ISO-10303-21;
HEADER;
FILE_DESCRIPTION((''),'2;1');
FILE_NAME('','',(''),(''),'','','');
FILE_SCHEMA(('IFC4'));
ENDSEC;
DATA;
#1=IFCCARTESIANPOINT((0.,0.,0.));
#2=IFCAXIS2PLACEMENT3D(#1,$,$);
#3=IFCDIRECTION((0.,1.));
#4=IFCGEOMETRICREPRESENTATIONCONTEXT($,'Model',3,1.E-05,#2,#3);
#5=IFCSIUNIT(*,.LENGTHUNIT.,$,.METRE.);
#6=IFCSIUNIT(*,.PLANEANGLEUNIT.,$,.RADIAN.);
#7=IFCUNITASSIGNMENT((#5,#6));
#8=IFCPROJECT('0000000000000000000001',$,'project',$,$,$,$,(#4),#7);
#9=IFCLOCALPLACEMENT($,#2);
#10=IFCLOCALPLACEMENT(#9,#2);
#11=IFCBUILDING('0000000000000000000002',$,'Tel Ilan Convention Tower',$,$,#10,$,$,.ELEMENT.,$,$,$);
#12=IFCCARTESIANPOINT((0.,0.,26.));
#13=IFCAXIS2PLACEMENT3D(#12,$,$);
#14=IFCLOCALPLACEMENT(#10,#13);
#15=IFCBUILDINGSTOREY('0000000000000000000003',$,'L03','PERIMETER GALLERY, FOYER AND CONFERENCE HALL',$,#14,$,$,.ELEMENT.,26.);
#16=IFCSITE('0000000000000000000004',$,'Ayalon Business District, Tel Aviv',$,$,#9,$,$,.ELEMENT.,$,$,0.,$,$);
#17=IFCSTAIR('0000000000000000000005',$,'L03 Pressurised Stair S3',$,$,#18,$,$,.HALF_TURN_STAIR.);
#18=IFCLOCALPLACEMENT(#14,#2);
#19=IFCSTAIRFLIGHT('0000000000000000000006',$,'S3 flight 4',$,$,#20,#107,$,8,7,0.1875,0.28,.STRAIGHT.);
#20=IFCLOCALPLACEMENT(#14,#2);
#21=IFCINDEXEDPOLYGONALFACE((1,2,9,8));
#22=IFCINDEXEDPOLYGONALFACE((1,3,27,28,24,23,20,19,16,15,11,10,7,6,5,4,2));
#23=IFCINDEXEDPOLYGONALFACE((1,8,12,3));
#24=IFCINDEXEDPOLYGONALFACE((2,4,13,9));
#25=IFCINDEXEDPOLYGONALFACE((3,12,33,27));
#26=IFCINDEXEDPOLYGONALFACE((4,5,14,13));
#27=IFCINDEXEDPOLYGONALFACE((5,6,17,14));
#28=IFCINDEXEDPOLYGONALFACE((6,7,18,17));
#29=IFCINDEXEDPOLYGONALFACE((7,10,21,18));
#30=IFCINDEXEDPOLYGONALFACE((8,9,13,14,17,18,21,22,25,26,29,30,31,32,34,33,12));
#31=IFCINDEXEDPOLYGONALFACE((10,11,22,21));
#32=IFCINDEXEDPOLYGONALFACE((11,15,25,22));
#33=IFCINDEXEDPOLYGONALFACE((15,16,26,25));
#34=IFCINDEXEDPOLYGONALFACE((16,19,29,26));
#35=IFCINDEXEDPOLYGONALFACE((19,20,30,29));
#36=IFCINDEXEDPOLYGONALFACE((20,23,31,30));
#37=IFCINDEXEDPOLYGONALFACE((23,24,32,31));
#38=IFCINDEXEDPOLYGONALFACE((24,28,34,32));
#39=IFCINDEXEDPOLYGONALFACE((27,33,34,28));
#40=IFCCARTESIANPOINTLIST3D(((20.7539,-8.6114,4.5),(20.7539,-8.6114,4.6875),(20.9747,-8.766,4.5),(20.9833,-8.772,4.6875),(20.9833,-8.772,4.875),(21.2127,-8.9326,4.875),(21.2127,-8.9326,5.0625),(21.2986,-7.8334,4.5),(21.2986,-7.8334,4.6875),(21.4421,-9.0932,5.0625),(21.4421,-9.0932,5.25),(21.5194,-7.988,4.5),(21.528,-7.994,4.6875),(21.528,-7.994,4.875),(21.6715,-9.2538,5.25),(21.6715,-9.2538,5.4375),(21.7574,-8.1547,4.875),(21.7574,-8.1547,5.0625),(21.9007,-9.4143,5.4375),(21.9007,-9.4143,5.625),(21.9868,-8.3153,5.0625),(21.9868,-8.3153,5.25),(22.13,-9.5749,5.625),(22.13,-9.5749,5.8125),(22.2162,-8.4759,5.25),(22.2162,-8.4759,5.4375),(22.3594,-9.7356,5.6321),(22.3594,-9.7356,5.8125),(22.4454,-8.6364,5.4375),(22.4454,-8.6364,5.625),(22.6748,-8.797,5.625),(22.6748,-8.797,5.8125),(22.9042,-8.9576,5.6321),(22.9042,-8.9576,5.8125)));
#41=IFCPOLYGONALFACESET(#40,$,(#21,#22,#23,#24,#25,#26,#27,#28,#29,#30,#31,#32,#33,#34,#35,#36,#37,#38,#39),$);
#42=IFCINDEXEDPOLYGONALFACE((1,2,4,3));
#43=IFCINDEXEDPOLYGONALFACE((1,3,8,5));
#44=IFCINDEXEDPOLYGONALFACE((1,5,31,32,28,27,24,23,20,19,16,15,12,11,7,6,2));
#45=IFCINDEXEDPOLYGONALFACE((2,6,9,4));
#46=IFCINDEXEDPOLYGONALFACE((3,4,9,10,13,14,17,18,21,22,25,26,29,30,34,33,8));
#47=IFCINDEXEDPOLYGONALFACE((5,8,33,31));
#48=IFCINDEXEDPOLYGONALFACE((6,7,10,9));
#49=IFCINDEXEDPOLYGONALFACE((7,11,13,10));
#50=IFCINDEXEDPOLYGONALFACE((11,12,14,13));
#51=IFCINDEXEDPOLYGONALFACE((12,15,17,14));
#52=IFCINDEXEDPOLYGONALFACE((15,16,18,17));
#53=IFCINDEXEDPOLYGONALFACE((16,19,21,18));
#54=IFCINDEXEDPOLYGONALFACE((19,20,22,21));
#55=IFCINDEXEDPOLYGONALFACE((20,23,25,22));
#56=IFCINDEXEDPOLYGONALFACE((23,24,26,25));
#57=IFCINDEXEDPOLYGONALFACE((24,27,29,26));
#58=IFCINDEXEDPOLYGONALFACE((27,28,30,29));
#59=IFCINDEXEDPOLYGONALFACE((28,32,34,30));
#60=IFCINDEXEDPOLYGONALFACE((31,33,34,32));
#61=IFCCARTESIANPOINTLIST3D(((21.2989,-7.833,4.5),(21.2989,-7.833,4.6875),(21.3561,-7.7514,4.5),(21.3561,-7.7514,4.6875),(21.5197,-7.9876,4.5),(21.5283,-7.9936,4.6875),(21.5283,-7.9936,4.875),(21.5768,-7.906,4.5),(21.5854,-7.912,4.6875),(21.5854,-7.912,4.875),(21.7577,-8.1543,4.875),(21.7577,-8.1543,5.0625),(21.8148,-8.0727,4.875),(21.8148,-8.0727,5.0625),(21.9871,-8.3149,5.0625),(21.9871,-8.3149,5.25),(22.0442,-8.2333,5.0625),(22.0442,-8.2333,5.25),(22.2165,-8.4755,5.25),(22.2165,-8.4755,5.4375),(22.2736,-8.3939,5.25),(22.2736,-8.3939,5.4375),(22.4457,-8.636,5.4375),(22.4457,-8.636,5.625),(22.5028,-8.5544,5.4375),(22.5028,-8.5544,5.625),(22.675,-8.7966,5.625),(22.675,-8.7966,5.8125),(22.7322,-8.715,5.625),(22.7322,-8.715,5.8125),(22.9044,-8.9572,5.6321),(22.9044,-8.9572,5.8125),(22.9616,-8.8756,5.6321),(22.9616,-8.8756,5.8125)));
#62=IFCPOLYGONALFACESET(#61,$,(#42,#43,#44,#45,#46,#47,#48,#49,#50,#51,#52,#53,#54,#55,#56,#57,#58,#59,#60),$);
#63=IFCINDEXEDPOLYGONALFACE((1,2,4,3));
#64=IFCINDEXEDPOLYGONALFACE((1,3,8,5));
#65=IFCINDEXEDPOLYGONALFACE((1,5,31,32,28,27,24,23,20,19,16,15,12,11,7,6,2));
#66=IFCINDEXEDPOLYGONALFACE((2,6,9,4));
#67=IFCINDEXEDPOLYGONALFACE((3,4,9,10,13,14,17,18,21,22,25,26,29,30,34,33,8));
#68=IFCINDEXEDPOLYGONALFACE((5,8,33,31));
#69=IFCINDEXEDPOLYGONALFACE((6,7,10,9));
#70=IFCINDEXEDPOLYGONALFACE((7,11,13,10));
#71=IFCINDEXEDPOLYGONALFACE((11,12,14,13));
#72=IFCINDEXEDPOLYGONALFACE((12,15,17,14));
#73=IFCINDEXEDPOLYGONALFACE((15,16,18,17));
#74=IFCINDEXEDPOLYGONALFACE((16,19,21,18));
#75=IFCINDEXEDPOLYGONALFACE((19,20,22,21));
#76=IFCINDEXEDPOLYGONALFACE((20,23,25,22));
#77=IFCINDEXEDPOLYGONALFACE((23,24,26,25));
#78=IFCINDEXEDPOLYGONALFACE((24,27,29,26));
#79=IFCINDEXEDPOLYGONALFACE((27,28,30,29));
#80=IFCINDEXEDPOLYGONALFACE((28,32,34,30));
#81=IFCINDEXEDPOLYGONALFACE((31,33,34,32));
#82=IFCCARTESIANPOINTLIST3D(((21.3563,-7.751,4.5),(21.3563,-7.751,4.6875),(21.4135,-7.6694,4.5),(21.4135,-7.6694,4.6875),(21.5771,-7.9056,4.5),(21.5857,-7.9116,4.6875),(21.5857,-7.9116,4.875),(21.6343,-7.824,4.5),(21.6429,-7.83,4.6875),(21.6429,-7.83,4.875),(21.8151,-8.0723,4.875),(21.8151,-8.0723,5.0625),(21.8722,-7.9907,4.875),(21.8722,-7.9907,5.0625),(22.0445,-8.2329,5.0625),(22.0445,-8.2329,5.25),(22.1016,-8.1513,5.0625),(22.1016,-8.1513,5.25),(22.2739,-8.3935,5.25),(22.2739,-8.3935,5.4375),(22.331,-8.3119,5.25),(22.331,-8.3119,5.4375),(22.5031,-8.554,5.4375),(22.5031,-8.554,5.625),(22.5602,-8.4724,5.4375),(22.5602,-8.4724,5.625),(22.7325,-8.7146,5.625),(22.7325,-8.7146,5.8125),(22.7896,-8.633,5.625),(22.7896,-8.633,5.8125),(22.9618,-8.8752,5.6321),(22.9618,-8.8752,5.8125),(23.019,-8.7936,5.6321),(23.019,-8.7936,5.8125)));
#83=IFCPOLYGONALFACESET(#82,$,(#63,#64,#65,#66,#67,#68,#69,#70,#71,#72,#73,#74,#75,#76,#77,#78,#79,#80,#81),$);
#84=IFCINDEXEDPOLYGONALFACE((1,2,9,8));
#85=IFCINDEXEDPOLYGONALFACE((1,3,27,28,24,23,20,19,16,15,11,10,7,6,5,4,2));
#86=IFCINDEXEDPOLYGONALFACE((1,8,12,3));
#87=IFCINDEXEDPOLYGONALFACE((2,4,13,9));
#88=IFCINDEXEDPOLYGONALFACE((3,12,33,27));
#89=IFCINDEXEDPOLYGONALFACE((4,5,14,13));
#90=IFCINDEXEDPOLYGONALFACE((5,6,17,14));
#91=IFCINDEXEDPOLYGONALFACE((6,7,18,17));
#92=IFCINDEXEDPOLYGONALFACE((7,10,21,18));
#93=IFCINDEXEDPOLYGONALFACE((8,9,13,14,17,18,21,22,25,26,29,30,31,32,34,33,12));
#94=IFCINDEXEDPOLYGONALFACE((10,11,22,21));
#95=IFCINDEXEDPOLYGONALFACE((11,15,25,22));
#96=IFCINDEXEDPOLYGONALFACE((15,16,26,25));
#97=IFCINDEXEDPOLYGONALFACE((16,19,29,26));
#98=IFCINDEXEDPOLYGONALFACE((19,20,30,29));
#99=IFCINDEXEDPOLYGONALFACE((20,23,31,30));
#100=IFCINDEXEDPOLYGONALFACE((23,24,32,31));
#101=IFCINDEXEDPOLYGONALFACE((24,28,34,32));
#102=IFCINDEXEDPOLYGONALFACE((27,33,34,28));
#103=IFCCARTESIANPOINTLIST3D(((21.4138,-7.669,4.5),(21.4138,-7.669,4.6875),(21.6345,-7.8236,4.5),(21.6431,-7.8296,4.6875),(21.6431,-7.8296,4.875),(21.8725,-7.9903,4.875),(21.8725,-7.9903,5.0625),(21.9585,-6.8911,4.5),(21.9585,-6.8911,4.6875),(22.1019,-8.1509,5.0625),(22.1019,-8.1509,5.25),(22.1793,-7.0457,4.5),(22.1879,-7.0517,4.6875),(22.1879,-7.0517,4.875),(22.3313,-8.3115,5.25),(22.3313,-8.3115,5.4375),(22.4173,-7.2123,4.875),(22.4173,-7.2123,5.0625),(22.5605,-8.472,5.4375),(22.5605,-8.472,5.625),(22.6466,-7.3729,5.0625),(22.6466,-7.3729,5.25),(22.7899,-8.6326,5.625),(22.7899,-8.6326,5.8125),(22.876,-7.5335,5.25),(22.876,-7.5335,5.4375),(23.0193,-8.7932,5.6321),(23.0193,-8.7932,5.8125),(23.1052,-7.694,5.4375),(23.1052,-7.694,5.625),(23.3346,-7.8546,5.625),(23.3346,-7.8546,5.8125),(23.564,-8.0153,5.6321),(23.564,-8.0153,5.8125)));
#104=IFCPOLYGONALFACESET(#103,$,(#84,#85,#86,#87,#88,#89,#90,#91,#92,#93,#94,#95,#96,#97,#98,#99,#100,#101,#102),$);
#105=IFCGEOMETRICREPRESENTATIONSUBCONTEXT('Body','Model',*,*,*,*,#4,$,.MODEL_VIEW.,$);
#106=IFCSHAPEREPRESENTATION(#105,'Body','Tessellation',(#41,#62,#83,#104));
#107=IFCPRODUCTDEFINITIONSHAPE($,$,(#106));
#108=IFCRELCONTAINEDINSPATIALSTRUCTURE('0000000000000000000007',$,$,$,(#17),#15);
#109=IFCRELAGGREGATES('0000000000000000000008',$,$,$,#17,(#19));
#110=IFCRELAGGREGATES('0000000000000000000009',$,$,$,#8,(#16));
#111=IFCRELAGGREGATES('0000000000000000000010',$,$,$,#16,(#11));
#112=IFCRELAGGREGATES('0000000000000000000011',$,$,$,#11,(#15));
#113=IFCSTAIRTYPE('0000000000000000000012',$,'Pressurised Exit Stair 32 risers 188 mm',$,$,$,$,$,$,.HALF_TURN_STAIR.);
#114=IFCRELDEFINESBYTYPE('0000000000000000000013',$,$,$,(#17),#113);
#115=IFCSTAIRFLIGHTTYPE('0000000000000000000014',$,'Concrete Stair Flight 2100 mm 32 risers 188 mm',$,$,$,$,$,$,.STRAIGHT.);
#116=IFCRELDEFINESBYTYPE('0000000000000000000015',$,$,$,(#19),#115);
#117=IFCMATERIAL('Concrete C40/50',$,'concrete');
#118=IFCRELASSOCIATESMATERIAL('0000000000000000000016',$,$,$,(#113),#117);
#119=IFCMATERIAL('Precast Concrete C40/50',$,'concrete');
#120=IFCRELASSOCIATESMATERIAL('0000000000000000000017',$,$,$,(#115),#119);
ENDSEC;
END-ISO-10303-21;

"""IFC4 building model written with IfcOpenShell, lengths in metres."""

from ifc_helpers import new_model, si_unit, direction, frame, origin, place, context, subcontext, project, spatial, polyline, outline, extrude, material, type_object, element, aggregate, save


model = new_model("IFC4")

# Units and contexts
model_context = context("Model", 3, precision=1e-05, world=origin(), true_north=direction((0.0, 1.0)))
body_context = subcontext(model_context, "Body", "Model", "MODEL_VIEW")
ifc_project = project(units=[si_unit("LENGTHUNIT", "METRE"), si_unit("PLANEANGLEUNIT", "RADIAN")], contexts=[model_context])

# Site, building, storey
site_placement = place(None, origin())
site = spatial("IfcSite", under=ifc_project, at=site_placement, Name="Ayalon Business District, Tel Aviv", CompositionType="ELEMENT", RefElevation=0.0)
building_placement = place(site_placement, origin())
building = spatial("IfcBuilding", under=site, at=building_placement, Name="Tel Ilan Convention Tower", CompositionType="ELEMENT")
storey_placement = place(building_placement, frame((0.0, 0.0, 26.0)))
storey = spatial("IfcBuildingStorey", under=building, at=storey_placement, Name="L03", Description="PERIMETER GALLERY, FOYER AND CONFERENCE HALL", CompositionType="ELEMENT", Elevation=26.0)

# Stair, stair flight
ifc_material_1 = material(Name="Concrete C40/50", Category="concrete")
stair_type = type_object("IfcStairType", Name="Pressurised Exit Stair 32 risers 188 mm", PredefinedType="HALF_TURN_STAIR", material=ifc_material_1)
stair_1_placement = place(storey_placement, origin())
stair_1 = element("IfcStair", 1, at=stair_1_placement, inside=storey, type_object=stair_type, Name="L03 Pressurised Stair S3", PredefinedType="HALF_TURN_STAIR")
ifc_material_2 = material(Name="Precast Concrete C40/50", Category="concrete")
stair_flight_type = type_object("IfcStairFlightType", Name="Concrete Stair Flight 2100 mm 32 risers 188 mm", PredefinedType="STRAIGHT", material=ifc_material_2)
stair_flight_1_placement = place(storey_placement, frame((21.3562, -7.7512, 4.5), z_axis=(0.0, 0.0, 1.0), x_axis=(0.819152, -0.573576, 0.0)))
stair_flight_1 = element("IfcStairFlight", 2, at=stair_flight_1_placement, type_object=stair_flight_type, Name="S3 flight 4", NumberOfRisers=8, NumberOfTreads=7, PredefinedType="STRAIGHT", RiserHeight=0.1875, TreadLength=0.28, context=body_context, shape_type="SweptSolid", body=[
    extrude(outline(polyline([(0.0, 0.0), (0.0, 0.1875), (0.28, 0.1875), (0.28, 0.375), (0.5601, 0.375), (0.5601, 0.5625), (0.8401, 0.5625), (0.8401, 0.75), (1.1201, 0.75), (1.1201, 0.9375), (1.3999, 0.9375), (1.3999, 1.125), (1.6799, 1.125), (1.6799, 1.3125), (1.96, 1.3125), (1.96, 1.5), (1.96, 1.1321), (0.2695, 0.0), (0.0, 0.0)])), frame((0.0, -0.1003, 0.0), z_axis=(0.0, -1.0, 0.0), x_axis=(1.0, 0.0, 0.0)), (0.0, 0.0, 1.0), 0.9497),
    extrude(outline(polyline([(0.0, 0.0), (0.0, 0.1875), (0.28, 0.1875), (0.28, 0.375), (0.5601, 0.375), (0.5601, 0.5625), (0.8401, 0.5625), (0.8401, 0.75), (1.1201, 0.75), (1.1201, 0.9375), (1.3999, 0.9375), (1.3999, 1.125), (1.6799, 1.125), (1.6799, 1.3125), (1.96, 1.3125), (1.96, 1.5), (1.96, 1.1321), (0.2695, 0.0), (0.0, 0.0)])), frame((0.0, -0.0002, 0.0), z_axis=(0.0, -1.0, 0.0), x_axis=(1.0, 0.0, 0.0)), (0.0, 0.0, 1.0), 0.0996),
    extrude(outline(polyline([(0.0, 0.0), (0.0, 0.1875), (0.28, 0.1875), (0.28, 0.375), (0.5601, 0.375), (0.5601, 0.5625), (0.8401, 0.5625), (0.8401, 0.75), (1.1201, 0.75), (1.1201, 0.9375), (1.3999, 0.9375), (1.3999, 1.125), (1.6799, 1.125), (1.6799, 1.3125), (1.96, 1.3125), (1.96, 1.5), (1.96, 1.1321), (0.2695, 0.0), (0.0, 0.0)])), frame((0.0, 0.0999, 0.0), z_axis=(0.0, -1.0, 0.0), x_axis=(1.0, 0.0, 0.0)), (0.0, 0.0, 1.0), 0.0996),
    extrude(outline(polyline([(0.0, 0.0), (0.0, 0.1875), (0.28, 0.1875), (0.28, 0.375), (0.5601, 0.375), (0.5601, 0.5625), (0.8401, 0.5625), (0.8401, 0.75), (1.1201, 0.75), (1.1201, 0.9375), (1.3999, 0.9375), (1.3999, 1.125), (1.6799, 1.125), (1.6799, 1.3125), (1.96, 1.3125), (1.96, 1.5), (1.96, 1.1321), (0.2695, 0.0), (0.0, 0.0)])), frame((0.0, 1.05, 0.0), z_axis=(0.0, -1.0, 0.0), x_axis=(1.0, 0.0, 0.0)), (0.0, 0.0, 1.0), 0.9497),
])
aggregate(stair_1, [stair_flight_1])

save(model, "model.ifc")
